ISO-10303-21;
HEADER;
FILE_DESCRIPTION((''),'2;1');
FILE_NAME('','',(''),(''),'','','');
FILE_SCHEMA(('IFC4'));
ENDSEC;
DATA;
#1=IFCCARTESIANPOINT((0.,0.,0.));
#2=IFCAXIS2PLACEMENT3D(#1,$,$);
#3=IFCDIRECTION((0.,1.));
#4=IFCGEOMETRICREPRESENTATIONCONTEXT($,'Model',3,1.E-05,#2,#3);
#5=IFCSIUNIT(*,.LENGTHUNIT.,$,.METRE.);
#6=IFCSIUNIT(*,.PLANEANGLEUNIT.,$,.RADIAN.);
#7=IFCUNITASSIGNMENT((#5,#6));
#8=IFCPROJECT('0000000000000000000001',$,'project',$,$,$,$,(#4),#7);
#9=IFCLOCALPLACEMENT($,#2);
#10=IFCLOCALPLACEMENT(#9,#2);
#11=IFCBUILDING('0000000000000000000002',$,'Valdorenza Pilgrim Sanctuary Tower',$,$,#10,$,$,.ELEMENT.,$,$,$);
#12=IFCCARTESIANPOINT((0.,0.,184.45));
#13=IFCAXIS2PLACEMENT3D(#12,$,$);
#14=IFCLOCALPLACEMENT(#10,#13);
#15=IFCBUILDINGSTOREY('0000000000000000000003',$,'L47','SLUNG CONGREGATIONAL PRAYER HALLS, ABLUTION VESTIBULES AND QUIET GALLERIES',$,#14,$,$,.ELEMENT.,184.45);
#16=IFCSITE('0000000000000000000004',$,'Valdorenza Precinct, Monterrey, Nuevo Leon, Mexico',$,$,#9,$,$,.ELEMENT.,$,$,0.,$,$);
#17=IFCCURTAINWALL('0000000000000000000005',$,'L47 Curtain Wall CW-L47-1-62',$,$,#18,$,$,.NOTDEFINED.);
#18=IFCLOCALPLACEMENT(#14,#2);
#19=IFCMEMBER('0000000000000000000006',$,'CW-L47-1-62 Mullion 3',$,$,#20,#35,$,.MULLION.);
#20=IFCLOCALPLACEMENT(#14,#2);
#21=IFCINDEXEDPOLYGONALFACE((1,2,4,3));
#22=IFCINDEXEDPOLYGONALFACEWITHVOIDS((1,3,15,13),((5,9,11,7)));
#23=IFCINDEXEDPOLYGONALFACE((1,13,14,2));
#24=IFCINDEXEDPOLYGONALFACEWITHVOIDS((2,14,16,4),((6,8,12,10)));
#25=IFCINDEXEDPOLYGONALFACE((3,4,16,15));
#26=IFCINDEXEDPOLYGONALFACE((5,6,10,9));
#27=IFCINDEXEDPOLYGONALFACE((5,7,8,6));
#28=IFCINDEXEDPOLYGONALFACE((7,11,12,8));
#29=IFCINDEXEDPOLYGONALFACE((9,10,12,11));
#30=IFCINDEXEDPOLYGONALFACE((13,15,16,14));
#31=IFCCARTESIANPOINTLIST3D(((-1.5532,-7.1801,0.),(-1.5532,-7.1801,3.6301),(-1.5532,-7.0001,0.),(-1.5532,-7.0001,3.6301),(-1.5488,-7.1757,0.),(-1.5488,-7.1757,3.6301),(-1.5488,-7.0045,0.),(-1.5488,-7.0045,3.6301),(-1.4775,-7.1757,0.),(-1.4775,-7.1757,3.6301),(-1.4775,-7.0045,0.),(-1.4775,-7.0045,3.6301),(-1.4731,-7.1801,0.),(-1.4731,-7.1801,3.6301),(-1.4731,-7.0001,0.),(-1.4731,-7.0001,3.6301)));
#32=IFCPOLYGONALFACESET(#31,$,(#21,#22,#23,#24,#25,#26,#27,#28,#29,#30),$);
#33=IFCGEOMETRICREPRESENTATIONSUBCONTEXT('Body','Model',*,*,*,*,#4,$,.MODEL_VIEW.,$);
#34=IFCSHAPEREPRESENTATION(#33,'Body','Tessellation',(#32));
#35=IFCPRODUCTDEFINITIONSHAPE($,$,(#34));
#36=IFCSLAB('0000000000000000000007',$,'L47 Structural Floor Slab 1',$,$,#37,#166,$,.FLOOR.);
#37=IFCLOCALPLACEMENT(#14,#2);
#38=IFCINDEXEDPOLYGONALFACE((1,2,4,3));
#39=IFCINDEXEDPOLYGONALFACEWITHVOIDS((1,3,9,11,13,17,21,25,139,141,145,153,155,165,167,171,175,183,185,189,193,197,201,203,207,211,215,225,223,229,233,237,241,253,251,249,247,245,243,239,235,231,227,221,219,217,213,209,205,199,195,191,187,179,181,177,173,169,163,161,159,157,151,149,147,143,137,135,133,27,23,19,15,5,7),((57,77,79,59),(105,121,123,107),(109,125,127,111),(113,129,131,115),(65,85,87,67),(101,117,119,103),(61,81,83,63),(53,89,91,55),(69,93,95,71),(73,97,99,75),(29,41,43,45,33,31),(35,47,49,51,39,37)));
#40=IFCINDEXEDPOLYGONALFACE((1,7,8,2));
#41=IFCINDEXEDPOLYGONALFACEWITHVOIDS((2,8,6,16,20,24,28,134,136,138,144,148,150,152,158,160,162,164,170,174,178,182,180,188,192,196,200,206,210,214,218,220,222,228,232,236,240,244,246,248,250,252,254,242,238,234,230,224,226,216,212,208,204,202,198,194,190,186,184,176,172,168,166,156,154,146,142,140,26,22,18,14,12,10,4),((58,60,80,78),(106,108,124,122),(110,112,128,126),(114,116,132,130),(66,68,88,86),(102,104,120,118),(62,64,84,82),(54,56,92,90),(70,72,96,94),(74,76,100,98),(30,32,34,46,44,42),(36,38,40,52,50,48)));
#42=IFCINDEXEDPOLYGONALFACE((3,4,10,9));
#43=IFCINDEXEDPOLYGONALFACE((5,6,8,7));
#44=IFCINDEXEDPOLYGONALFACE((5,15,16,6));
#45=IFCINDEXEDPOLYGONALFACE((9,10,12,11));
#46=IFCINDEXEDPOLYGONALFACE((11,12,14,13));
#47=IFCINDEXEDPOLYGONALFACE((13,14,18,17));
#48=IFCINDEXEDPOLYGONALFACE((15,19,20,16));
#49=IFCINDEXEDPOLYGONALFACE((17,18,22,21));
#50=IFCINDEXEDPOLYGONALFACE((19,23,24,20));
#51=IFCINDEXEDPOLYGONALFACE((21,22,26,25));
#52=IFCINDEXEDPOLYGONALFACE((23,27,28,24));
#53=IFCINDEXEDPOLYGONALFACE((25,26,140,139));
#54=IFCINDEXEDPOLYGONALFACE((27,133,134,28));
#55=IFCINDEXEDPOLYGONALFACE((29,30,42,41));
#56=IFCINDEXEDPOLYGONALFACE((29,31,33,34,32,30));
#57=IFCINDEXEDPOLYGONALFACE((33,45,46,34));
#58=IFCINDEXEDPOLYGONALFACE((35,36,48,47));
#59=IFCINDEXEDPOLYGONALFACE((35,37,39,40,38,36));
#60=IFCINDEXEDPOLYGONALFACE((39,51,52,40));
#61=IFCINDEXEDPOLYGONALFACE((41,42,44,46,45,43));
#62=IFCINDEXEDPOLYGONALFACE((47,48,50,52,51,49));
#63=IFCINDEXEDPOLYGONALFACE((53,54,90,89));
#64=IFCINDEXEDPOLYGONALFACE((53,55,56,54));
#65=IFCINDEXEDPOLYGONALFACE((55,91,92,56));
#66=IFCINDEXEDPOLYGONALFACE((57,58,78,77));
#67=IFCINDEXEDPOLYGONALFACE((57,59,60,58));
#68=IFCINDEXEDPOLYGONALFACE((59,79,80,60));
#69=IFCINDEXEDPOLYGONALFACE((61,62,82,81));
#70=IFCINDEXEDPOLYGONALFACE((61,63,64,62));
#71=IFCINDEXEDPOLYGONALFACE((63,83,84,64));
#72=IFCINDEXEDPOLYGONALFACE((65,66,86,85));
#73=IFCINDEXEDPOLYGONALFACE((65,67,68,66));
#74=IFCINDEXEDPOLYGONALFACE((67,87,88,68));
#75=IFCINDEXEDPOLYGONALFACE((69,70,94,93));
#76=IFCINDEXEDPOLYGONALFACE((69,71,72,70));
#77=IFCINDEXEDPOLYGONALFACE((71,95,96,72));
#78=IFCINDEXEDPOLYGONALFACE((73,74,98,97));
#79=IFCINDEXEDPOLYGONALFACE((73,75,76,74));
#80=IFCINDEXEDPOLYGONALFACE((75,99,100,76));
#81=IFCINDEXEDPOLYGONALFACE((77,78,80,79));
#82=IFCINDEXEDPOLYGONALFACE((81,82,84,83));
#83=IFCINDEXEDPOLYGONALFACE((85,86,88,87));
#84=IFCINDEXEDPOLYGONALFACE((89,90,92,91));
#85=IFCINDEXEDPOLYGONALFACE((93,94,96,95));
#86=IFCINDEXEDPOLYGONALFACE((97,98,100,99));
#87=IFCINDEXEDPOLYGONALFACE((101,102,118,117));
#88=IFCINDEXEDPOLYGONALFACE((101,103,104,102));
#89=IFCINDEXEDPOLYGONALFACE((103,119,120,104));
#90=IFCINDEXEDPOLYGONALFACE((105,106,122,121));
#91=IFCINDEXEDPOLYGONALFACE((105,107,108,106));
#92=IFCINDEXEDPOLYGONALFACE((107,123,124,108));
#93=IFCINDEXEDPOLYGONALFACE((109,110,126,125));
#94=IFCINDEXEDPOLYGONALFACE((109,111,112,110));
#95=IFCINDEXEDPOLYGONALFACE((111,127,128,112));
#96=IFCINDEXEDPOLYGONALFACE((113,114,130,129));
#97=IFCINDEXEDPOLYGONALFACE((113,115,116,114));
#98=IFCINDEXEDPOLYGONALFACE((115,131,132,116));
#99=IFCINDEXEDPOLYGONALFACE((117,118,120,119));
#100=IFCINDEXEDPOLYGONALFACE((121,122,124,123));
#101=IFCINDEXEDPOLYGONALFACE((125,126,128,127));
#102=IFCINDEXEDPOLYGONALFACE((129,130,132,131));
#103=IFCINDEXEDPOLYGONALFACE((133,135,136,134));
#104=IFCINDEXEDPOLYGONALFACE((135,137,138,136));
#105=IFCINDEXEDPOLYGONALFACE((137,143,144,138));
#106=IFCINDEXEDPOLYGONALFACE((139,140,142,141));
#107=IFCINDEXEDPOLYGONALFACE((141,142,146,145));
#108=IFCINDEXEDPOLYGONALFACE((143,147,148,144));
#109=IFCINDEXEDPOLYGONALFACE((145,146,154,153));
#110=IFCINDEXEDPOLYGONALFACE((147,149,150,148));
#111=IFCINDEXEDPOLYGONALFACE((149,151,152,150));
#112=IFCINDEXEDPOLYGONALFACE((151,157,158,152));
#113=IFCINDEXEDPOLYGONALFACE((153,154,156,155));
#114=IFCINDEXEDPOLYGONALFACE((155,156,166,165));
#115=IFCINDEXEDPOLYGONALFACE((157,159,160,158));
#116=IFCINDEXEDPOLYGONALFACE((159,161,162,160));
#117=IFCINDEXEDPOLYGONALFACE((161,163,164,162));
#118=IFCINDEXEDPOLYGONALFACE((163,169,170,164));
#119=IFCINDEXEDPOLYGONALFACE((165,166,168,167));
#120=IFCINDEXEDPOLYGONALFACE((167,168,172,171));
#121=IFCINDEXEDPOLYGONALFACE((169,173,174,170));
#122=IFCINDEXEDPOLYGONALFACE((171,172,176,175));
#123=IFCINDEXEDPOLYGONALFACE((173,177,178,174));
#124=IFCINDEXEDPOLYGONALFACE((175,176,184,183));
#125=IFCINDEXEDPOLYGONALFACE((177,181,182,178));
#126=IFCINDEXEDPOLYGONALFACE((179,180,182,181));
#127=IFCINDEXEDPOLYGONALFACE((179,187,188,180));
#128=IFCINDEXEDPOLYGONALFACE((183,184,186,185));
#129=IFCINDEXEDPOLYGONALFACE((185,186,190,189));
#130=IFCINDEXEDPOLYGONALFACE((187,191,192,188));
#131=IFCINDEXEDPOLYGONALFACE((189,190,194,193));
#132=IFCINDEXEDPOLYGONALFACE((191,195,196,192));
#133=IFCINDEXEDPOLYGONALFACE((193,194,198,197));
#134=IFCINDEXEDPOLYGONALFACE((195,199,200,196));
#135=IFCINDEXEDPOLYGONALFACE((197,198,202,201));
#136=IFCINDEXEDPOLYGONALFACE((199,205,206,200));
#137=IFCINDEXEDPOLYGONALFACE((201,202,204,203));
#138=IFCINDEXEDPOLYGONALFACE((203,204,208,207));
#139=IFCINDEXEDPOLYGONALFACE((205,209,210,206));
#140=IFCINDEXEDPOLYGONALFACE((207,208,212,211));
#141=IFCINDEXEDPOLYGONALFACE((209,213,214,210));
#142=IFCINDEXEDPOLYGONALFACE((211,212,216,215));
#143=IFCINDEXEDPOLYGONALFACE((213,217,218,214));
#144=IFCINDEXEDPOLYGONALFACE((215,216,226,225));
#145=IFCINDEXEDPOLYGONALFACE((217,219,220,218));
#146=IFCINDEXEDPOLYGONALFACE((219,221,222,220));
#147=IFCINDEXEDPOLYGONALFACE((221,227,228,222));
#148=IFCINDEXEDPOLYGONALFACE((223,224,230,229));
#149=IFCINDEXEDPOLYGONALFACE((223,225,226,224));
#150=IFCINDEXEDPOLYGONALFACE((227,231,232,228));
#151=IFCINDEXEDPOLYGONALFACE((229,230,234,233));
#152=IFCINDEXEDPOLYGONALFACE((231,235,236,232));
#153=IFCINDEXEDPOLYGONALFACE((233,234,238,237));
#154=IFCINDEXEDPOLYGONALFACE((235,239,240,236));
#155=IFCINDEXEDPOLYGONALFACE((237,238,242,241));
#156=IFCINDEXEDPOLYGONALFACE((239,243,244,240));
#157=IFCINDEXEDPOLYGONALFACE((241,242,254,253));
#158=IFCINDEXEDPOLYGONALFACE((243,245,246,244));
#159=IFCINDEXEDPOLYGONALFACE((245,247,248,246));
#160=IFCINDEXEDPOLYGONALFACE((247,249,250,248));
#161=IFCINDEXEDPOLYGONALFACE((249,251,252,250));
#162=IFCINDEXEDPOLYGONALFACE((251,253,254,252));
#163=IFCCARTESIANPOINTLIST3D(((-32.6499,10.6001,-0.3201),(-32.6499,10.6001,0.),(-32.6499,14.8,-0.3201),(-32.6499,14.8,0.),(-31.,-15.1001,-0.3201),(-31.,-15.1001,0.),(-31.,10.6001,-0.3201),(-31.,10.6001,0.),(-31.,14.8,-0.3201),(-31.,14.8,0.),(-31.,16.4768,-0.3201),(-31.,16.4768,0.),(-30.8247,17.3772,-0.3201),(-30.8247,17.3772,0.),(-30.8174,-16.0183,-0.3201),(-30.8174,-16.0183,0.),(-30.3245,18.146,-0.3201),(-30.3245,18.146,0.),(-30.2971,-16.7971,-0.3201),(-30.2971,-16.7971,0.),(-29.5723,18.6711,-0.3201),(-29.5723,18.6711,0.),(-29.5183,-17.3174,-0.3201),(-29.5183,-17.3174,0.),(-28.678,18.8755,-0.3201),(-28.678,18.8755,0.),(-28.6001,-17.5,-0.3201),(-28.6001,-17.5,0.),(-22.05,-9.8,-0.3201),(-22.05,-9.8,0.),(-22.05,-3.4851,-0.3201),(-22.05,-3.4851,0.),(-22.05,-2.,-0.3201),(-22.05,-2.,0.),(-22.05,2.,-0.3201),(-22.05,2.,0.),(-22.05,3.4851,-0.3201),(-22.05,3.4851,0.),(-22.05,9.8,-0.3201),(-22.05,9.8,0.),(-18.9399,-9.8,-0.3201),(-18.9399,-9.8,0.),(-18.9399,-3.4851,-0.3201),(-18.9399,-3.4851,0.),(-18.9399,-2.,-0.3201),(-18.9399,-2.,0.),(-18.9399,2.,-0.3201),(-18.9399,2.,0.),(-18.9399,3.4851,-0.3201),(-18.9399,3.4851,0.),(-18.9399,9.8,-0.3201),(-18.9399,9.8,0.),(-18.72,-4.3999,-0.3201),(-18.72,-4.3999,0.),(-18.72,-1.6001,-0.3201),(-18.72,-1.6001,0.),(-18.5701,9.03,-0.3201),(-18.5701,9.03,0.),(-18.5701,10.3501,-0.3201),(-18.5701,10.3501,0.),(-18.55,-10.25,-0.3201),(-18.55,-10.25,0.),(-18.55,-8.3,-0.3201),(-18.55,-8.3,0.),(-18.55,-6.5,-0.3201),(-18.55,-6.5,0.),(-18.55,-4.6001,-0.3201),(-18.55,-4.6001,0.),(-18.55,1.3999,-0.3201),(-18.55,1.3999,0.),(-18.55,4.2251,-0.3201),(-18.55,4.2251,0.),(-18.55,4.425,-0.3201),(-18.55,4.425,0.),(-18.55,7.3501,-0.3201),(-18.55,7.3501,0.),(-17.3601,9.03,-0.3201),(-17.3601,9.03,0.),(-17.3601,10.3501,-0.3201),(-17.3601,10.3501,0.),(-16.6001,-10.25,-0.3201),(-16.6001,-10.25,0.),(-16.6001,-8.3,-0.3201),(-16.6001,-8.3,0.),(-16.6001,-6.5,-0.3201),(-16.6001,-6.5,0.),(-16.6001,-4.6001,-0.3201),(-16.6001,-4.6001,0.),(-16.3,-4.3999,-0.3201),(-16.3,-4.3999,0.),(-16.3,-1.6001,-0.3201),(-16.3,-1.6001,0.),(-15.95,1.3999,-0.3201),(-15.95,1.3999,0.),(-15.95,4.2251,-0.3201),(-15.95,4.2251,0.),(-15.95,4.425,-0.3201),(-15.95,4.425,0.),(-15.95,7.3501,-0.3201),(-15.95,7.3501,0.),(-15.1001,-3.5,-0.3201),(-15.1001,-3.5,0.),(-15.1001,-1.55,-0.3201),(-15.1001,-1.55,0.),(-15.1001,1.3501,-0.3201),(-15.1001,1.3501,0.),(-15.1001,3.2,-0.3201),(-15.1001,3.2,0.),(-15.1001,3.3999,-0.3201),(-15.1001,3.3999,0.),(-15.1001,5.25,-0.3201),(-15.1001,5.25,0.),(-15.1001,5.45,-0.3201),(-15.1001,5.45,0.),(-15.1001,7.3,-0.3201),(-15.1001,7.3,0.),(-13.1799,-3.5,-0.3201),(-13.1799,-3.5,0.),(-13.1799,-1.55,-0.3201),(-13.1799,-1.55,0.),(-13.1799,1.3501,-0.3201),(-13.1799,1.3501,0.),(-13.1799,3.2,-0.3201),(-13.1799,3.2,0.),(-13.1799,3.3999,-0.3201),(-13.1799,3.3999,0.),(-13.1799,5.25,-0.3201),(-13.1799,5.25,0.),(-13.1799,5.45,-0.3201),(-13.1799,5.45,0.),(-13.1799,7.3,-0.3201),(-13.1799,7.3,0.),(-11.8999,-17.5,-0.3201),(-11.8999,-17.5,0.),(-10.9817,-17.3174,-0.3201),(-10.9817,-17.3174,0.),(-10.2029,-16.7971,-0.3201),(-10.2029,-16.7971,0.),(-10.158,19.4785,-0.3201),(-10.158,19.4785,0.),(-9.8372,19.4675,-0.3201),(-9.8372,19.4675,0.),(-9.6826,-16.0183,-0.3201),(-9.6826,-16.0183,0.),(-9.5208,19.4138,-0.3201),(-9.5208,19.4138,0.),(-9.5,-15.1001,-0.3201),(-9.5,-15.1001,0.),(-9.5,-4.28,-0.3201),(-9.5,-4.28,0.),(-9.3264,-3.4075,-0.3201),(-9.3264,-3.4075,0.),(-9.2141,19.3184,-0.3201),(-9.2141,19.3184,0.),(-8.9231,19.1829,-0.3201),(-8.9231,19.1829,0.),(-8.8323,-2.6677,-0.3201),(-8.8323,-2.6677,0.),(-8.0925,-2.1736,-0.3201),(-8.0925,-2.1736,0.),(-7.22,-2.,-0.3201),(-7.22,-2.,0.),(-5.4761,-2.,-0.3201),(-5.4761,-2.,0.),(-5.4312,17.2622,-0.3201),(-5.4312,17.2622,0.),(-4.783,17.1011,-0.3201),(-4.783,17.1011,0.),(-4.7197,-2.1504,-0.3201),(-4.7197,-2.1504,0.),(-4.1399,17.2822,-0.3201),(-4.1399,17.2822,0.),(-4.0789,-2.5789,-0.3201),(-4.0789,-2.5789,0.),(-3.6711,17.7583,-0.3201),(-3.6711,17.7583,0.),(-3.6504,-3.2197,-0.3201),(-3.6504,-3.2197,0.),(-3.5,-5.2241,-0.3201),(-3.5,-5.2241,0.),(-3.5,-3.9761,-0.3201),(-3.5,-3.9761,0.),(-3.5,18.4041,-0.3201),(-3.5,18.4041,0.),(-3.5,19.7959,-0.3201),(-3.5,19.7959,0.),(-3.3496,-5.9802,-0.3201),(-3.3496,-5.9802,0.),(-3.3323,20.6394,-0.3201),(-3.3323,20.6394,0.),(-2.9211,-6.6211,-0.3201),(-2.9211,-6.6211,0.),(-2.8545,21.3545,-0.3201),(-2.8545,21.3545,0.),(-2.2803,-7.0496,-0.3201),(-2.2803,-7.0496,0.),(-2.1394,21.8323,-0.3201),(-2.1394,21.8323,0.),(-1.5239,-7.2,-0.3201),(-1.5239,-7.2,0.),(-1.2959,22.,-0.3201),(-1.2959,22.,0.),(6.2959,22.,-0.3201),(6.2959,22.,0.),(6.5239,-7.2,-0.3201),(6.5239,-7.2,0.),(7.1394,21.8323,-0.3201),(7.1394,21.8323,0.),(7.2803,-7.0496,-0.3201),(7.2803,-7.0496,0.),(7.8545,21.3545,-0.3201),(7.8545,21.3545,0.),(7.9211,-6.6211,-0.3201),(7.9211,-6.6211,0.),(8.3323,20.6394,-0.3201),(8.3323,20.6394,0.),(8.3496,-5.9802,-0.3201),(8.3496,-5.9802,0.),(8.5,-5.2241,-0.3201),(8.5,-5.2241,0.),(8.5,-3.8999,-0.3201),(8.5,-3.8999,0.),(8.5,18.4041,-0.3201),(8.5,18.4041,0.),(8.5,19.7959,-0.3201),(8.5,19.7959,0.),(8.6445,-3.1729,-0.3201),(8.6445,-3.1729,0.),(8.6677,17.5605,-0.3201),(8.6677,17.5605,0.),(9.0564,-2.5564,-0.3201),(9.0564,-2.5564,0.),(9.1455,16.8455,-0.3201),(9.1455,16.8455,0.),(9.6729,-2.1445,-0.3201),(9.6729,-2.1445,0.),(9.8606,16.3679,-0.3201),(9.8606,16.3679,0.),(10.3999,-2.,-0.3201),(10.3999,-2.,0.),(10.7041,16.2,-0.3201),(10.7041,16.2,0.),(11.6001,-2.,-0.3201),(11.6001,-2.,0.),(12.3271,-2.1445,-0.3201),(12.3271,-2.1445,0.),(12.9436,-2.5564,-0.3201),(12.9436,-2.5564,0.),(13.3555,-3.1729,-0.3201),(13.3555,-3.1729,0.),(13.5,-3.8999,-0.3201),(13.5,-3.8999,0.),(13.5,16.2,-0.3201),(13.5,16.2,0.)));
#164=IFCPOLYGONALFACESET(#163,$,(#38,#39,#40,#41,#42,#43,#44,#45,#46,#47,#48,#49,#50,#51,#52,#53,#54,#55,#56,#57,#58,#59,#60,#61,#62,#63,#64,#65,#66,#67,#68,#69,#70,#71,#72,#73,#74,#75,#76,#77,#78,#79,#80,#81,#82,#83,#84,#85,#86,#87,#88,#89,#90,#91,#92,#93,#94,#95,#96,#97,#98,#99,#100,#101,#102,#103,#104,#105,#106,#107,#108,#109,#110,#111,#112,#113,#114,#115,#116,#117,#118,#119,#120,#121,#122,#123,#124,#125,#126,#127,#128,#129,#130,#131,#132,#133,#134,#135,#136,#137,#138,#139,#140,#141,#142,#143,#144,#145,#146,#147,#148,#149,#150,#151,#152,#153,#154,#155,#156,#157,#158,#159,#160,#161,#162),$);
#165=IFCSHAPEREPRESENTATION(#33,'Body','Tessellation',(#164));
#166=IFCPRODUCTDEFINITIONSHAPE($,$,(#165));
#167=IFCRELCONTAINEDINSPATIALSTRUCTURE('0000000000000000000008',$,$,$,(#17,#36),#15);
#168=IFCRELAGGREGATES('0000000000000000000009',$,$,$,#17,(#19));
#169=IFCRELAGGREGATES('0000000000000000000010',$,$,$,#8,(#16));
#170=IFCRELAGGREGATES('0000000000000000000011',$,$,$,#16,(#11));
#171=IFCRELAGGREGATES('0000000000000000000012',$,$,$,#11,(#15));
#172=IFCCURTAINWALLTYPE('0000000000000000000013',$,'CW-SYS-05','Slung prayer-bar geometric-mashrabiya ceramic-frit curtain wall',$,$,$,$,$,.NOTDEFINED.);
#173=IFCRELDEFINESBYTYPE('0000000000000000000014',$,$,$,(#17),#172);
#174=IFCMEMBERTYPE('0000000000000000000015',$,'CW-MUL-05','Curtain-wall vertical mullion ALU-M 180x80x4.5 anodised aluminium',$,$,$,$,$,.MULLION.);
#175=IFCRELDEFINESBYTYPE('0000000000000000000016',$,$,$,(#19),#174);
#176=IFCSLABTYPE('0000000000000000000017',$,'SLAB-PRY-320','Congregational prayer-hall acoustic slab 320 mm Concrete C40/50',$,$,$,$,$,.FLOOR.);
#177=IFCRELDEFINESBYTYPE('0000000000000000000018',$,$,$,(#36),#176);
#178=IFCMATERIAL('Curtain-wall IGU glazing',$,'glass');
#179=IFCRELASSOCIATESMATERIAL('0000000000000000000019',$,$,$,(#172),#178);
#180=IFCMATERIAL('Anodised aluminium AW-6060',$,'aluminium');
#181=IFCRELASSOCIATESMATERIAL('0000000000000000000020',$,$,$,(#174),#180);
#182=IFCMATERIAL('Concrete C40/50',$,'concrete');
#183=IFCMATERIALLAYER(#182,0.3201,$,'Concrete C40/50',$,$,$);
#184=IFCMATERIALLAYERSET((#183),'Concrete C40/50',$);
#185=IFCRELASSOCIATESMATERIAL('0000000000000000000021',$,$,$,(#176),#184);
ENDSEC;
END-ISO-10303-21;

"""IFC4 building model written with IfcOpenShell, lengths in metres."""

from ifc_helpers import new_model, si_unit, direction, frame, origin, origin_2d, place, context, subcontext, project, spatial, polyline, hollow_rectangle, outline, extrude, source, transform, mapped, material, layer, layer_set, material_profile, profile_set, type_object, element, aggregate, save


model = new_model("IFC4")

# Units and contexts
model_context = context("Model", 3, precision=1e-05, world=origin(), true_north=direction((0.0, 1.0)))
body_context = subcontext(model_context, "Body", "Model", "MODEL_VIEW")
ifc_project = project(units=[si_unit("LENGTHUNIT", "METRE"), si_unit("PLANEANGLEUNIT", "RADIAN")], contexts=[model_context])

# Site, building, storey
site_placement = place(None, origin())
site = spatial("IfcSite", under=ifc_project, at=site_placement, Name="Valdorenza Precinct, Monterrey, Nuevo Leon, Mexico", CompositionType="ELEMENT", RefElevation=0.0)
building_placement = place(site_placement, origin())
building = spatial("IfcBuilding", under=site, at=building_placement, Name="Valdorenza Pilgrim Sanctuary Tower", CompositionType="ELEMENT")
storey_placement = place(building_placement, frame((0.0, 0.0, 184.45)))
storey = spatial("IfcBuildingStorey", under=building, at=storey_placement, Name="L47", Description="SLUNG CONGREGATIONAL PRAYER HALLS, ABLUTION VESTIBULES AND QUIET GALLERIES", CompositionType="ELEMENT", Elevation=184.45)

# Curtain wall, member
ifc_material_1 = material(Name="Curtain-wall IGU glazing", Category="glass")
curtain_wall_type = type_object("IfcCurtainWallType", Name="CW-SYS-05", Description="Slung prayer-bar geometric-mashrabiya ceramic-frit curtain wall", PredefinedType="NOTDEFINED", material=ifc_material_1)
curtain_wall_placement = place(storey_placement, origin())
curtain_wall = element("IfcCurtainWall", 1, at=curtain_wall_placement, inside=storey, type_object=curtain_wall_type, Name="L47 Curtain Wall CW-L47-1-62", PredefinedType="NOTDEFINED")
ifc_material_2 = material(Name="Anodised aluminium AW-6060", Category="aluminium")
ifc_material_profile = material_profile(ifc_material_2, hollow_rectangle(XDim=0.0801, YDim=0.1799, WallThickness=0.0044, at=origin_2d()), Name="ALU-M 180x80x4.5")
ifc_profile_set = profile_set([ifc_material_profile], Name="Anodised aluminium AW-6060")
member_type = type_object("IfcMemberType", Name="CW-MUL-05", Description="Curtain-wall vertical mullion ALU-M 180x80x4.5 anodised aluminium", PredefinedType="MULLION", material=ifc_profile_set)
shared_shape = source(origin(), body_context, "Body", "SweptSolid", [
    extrude(hollow_rectangle(XDim=0.0801, YDim=0.1799, WallThickness=0.0044, at=origin_2d()), origin(), (0.0, 0.0, 1.0), 3.6301),
])
member_placement = place(storey_placement, frame((-1.5132, -7.0901, 0.0), z_axis=(0.0, 0.0, 1.0), x_axis=(-1.0, 0.0, 0.0)))
member = element("IfcMember", 2, at=member_placement, type_object=member_type, Name="CW-L47-1-62 Mullion 3", PredefinedType="MULLION", context=body_context, shape_type="MappedRepresentation", body=[
    mapped(shared_shape, transform((0.0, 0.0, 0.0), x_axis=(1.0, 0.0, 0.0), y_axis=(0.0, 1.0, 0.0), z_axis=(0.0, 0.0, 1.0), scale=1.0)),
])
aggregate(curtain_wall, [member])

# Slab
ifc_material_3 = material(Name="Concrete C40/50", Category="concrete")
ifc_layer_1 = layer(ifc_material_3, 0.3201, Name="Concrete C40/50")
ifc_layer_set_1 = layer_set([ifc_layer_1], Name="Concrete C40/50")
slab_type_1 = type_object("IfcSlabType", Name="SLAB-PRY-320", Description="Congregational prayer-hall acoustic slab 320 mm Concrete C40/50", PredefinedType="FLOOR", material=ifc_layer_set_1)
slab_1_placement = place(storey_placement, frame((0.0, 0.0, -0.3201)))
element("IfcSlab", 3, at=slab_1_placement, inside=storey, type_object=slab_type_1, Name="L47 Structural Floor Slab 1", PredefinedType="FLOOR", context=body_context, shape_type="SweptSolid", body=[
    extrude(outline(polyline([(-30.3245, 18.146), (-29.5723, 18.6711), (-28.678, 18.8755), (-10.158, 19.4785), (-9.8372, 19.4675), (-9.5208, 19.4138), (-9.2141, 19.3184), (-8.9231, 19.1829), (-5.4312, 17.2622), (-4.783, 17.1011), (-4.1399, 17.2822), (-3.6711, 17.7583), (-3.5, 18.4041), (-3.5, 19.7959), (-3.3323, 20.6394), (-2.8545, 21.3545), (-2.1394, 21.8323), (-1.2959, 22.0), (6.2959, 22.0), (7.1394, 21.8323), (7.8545, 21.3545), (8.3323, 20.6394), (8.5, 19.7959), (8.5, 18.4041), (8.6677, 17.5605), (9.1455, 16.8455), (9.8606, 16.3679), (10.7041, 16.2), (13.5, 16.2), (13.5, -3.8999), (13.3555, -3.1729), (12.9436, -2.5564), (12.3271, -2.1445), (11.6001, -2.0), (10.3999, -2.0), (9.6729, -2.1445), (9.0564, -2.5564), (8.6445, -3.1729), (8.5, -3.8999), (8.5, -5.2241), (8.3496, -5.9802), (7.9211, -6.6211), (7.2803, -7.0496), (6.5239, -7.2), (-1.5239, -7.2), (-2.2803, -7.0496), (-2.9211, -6.6211), (-3.3496, -5.9802), (-3.5, -5.2241), (-3.5, -3.9761), (-3.6504, -3.2197), (-4.0789, -2.5789), (-4.7197, -2.1504), (-5.4761, -2.0), (-7.22, -2.0), (-8.0925, -2.1736), (-8.8323, -2.6677), (-9.3264, -3.4075), (-9.5, -4.28), (-9.5, -15.1001), (-9.6826, -16.0183), (-10.2029, -16.7971), (-10.9817, -17.3174), (-11.8999, -17.5), (-28.6001, -17.5), (-29.5183, -17.3174), (-30.2971, -16.7971), (-30.8174, -16.0183), (-31.0, -15.1001), (-31.0, 10.6001), (-32.6499, 10.6001), (-32.6499, 14.8), (-31.0, 14.8), (-31.0, 16.4768), (-30.8247, 17.3772), (-30.3245, 18.146)]), holes=[polyline([(-16.6001, -10.25), (-16.6001, -8.3), (-18.55, -8.3), (-18.55, -10.25), (-16.6001, -10.25)]), polyline([(-22.05, -9.8), (-18.9399, -9.8), (-18.9399, -3.4851), (-18.9399, -2.0), (-22.05, -2.0), (-22.05, -3.4851), (-22.05, -9.8)]), polyline([(-16.6001, -6.5), (-16.6001, -4.6001), (-18.55, -4.6001), (-18.55, -6.5), (-16.6001, -6.5)]), polyline([(-18.72, -4.3999), (-16.3, -4.3999), (-16.3, -1.6001), (-18.72, -1.6001), (-18.72, -4.3999)]), polyline([(-13.1799, 1.3501), (-13.1799, 3.2), (-15.1001, 3.2), (-15.1001, 1.3501), (-13.1799, 1.3501)]), polyline([(-22.05, 2.0), (-18.9399, 2.0), (-18.9399, 3.4851), (-18.9399, 9.8), (-22.05, 9.8), (-22.05, 3.4851), (-22.05, 2.0)]), polyline([(-15.95, 1.3999), (-15.95, 4.2251), (-18.55, 4.2251), (-18.55, 1.3999), (-15.95, 1.3999)]), polyline([(-18.55, 4.425), (-15.95, 4.425), (-15.95, 7.3501), (-18.55, 7.3501), (-18.55, 4.425)]), polyline([(-17.3601, 9.03), (-17.3601, 10.3501), (-18.5701, 10.3501), (-18.5701, 9.03), (-17.3601, 9.03)]), polyline([(-13.1799, -3.5), (-13.1799, -1.55), (-15.1001, -1.55), (-15.1001, -3.5), (-13.1799, -3.5)]), polyline([(-13.1799, 3.3999), (-13.1799, 5.25), (-15.1001, 5.25), (-15.1001, 3.3999), (-13.1799, 3.3999)]), polyline([(-13.1799, 5.45), (-13.1799, 7.3), (-15.1001, 7.3), (-15.1001, 5.45), (-13.1799, 5.45)])]), origin(), (0.0, 0.0, 1.0), 0.3201),
])

save(model, "model.ifc")
